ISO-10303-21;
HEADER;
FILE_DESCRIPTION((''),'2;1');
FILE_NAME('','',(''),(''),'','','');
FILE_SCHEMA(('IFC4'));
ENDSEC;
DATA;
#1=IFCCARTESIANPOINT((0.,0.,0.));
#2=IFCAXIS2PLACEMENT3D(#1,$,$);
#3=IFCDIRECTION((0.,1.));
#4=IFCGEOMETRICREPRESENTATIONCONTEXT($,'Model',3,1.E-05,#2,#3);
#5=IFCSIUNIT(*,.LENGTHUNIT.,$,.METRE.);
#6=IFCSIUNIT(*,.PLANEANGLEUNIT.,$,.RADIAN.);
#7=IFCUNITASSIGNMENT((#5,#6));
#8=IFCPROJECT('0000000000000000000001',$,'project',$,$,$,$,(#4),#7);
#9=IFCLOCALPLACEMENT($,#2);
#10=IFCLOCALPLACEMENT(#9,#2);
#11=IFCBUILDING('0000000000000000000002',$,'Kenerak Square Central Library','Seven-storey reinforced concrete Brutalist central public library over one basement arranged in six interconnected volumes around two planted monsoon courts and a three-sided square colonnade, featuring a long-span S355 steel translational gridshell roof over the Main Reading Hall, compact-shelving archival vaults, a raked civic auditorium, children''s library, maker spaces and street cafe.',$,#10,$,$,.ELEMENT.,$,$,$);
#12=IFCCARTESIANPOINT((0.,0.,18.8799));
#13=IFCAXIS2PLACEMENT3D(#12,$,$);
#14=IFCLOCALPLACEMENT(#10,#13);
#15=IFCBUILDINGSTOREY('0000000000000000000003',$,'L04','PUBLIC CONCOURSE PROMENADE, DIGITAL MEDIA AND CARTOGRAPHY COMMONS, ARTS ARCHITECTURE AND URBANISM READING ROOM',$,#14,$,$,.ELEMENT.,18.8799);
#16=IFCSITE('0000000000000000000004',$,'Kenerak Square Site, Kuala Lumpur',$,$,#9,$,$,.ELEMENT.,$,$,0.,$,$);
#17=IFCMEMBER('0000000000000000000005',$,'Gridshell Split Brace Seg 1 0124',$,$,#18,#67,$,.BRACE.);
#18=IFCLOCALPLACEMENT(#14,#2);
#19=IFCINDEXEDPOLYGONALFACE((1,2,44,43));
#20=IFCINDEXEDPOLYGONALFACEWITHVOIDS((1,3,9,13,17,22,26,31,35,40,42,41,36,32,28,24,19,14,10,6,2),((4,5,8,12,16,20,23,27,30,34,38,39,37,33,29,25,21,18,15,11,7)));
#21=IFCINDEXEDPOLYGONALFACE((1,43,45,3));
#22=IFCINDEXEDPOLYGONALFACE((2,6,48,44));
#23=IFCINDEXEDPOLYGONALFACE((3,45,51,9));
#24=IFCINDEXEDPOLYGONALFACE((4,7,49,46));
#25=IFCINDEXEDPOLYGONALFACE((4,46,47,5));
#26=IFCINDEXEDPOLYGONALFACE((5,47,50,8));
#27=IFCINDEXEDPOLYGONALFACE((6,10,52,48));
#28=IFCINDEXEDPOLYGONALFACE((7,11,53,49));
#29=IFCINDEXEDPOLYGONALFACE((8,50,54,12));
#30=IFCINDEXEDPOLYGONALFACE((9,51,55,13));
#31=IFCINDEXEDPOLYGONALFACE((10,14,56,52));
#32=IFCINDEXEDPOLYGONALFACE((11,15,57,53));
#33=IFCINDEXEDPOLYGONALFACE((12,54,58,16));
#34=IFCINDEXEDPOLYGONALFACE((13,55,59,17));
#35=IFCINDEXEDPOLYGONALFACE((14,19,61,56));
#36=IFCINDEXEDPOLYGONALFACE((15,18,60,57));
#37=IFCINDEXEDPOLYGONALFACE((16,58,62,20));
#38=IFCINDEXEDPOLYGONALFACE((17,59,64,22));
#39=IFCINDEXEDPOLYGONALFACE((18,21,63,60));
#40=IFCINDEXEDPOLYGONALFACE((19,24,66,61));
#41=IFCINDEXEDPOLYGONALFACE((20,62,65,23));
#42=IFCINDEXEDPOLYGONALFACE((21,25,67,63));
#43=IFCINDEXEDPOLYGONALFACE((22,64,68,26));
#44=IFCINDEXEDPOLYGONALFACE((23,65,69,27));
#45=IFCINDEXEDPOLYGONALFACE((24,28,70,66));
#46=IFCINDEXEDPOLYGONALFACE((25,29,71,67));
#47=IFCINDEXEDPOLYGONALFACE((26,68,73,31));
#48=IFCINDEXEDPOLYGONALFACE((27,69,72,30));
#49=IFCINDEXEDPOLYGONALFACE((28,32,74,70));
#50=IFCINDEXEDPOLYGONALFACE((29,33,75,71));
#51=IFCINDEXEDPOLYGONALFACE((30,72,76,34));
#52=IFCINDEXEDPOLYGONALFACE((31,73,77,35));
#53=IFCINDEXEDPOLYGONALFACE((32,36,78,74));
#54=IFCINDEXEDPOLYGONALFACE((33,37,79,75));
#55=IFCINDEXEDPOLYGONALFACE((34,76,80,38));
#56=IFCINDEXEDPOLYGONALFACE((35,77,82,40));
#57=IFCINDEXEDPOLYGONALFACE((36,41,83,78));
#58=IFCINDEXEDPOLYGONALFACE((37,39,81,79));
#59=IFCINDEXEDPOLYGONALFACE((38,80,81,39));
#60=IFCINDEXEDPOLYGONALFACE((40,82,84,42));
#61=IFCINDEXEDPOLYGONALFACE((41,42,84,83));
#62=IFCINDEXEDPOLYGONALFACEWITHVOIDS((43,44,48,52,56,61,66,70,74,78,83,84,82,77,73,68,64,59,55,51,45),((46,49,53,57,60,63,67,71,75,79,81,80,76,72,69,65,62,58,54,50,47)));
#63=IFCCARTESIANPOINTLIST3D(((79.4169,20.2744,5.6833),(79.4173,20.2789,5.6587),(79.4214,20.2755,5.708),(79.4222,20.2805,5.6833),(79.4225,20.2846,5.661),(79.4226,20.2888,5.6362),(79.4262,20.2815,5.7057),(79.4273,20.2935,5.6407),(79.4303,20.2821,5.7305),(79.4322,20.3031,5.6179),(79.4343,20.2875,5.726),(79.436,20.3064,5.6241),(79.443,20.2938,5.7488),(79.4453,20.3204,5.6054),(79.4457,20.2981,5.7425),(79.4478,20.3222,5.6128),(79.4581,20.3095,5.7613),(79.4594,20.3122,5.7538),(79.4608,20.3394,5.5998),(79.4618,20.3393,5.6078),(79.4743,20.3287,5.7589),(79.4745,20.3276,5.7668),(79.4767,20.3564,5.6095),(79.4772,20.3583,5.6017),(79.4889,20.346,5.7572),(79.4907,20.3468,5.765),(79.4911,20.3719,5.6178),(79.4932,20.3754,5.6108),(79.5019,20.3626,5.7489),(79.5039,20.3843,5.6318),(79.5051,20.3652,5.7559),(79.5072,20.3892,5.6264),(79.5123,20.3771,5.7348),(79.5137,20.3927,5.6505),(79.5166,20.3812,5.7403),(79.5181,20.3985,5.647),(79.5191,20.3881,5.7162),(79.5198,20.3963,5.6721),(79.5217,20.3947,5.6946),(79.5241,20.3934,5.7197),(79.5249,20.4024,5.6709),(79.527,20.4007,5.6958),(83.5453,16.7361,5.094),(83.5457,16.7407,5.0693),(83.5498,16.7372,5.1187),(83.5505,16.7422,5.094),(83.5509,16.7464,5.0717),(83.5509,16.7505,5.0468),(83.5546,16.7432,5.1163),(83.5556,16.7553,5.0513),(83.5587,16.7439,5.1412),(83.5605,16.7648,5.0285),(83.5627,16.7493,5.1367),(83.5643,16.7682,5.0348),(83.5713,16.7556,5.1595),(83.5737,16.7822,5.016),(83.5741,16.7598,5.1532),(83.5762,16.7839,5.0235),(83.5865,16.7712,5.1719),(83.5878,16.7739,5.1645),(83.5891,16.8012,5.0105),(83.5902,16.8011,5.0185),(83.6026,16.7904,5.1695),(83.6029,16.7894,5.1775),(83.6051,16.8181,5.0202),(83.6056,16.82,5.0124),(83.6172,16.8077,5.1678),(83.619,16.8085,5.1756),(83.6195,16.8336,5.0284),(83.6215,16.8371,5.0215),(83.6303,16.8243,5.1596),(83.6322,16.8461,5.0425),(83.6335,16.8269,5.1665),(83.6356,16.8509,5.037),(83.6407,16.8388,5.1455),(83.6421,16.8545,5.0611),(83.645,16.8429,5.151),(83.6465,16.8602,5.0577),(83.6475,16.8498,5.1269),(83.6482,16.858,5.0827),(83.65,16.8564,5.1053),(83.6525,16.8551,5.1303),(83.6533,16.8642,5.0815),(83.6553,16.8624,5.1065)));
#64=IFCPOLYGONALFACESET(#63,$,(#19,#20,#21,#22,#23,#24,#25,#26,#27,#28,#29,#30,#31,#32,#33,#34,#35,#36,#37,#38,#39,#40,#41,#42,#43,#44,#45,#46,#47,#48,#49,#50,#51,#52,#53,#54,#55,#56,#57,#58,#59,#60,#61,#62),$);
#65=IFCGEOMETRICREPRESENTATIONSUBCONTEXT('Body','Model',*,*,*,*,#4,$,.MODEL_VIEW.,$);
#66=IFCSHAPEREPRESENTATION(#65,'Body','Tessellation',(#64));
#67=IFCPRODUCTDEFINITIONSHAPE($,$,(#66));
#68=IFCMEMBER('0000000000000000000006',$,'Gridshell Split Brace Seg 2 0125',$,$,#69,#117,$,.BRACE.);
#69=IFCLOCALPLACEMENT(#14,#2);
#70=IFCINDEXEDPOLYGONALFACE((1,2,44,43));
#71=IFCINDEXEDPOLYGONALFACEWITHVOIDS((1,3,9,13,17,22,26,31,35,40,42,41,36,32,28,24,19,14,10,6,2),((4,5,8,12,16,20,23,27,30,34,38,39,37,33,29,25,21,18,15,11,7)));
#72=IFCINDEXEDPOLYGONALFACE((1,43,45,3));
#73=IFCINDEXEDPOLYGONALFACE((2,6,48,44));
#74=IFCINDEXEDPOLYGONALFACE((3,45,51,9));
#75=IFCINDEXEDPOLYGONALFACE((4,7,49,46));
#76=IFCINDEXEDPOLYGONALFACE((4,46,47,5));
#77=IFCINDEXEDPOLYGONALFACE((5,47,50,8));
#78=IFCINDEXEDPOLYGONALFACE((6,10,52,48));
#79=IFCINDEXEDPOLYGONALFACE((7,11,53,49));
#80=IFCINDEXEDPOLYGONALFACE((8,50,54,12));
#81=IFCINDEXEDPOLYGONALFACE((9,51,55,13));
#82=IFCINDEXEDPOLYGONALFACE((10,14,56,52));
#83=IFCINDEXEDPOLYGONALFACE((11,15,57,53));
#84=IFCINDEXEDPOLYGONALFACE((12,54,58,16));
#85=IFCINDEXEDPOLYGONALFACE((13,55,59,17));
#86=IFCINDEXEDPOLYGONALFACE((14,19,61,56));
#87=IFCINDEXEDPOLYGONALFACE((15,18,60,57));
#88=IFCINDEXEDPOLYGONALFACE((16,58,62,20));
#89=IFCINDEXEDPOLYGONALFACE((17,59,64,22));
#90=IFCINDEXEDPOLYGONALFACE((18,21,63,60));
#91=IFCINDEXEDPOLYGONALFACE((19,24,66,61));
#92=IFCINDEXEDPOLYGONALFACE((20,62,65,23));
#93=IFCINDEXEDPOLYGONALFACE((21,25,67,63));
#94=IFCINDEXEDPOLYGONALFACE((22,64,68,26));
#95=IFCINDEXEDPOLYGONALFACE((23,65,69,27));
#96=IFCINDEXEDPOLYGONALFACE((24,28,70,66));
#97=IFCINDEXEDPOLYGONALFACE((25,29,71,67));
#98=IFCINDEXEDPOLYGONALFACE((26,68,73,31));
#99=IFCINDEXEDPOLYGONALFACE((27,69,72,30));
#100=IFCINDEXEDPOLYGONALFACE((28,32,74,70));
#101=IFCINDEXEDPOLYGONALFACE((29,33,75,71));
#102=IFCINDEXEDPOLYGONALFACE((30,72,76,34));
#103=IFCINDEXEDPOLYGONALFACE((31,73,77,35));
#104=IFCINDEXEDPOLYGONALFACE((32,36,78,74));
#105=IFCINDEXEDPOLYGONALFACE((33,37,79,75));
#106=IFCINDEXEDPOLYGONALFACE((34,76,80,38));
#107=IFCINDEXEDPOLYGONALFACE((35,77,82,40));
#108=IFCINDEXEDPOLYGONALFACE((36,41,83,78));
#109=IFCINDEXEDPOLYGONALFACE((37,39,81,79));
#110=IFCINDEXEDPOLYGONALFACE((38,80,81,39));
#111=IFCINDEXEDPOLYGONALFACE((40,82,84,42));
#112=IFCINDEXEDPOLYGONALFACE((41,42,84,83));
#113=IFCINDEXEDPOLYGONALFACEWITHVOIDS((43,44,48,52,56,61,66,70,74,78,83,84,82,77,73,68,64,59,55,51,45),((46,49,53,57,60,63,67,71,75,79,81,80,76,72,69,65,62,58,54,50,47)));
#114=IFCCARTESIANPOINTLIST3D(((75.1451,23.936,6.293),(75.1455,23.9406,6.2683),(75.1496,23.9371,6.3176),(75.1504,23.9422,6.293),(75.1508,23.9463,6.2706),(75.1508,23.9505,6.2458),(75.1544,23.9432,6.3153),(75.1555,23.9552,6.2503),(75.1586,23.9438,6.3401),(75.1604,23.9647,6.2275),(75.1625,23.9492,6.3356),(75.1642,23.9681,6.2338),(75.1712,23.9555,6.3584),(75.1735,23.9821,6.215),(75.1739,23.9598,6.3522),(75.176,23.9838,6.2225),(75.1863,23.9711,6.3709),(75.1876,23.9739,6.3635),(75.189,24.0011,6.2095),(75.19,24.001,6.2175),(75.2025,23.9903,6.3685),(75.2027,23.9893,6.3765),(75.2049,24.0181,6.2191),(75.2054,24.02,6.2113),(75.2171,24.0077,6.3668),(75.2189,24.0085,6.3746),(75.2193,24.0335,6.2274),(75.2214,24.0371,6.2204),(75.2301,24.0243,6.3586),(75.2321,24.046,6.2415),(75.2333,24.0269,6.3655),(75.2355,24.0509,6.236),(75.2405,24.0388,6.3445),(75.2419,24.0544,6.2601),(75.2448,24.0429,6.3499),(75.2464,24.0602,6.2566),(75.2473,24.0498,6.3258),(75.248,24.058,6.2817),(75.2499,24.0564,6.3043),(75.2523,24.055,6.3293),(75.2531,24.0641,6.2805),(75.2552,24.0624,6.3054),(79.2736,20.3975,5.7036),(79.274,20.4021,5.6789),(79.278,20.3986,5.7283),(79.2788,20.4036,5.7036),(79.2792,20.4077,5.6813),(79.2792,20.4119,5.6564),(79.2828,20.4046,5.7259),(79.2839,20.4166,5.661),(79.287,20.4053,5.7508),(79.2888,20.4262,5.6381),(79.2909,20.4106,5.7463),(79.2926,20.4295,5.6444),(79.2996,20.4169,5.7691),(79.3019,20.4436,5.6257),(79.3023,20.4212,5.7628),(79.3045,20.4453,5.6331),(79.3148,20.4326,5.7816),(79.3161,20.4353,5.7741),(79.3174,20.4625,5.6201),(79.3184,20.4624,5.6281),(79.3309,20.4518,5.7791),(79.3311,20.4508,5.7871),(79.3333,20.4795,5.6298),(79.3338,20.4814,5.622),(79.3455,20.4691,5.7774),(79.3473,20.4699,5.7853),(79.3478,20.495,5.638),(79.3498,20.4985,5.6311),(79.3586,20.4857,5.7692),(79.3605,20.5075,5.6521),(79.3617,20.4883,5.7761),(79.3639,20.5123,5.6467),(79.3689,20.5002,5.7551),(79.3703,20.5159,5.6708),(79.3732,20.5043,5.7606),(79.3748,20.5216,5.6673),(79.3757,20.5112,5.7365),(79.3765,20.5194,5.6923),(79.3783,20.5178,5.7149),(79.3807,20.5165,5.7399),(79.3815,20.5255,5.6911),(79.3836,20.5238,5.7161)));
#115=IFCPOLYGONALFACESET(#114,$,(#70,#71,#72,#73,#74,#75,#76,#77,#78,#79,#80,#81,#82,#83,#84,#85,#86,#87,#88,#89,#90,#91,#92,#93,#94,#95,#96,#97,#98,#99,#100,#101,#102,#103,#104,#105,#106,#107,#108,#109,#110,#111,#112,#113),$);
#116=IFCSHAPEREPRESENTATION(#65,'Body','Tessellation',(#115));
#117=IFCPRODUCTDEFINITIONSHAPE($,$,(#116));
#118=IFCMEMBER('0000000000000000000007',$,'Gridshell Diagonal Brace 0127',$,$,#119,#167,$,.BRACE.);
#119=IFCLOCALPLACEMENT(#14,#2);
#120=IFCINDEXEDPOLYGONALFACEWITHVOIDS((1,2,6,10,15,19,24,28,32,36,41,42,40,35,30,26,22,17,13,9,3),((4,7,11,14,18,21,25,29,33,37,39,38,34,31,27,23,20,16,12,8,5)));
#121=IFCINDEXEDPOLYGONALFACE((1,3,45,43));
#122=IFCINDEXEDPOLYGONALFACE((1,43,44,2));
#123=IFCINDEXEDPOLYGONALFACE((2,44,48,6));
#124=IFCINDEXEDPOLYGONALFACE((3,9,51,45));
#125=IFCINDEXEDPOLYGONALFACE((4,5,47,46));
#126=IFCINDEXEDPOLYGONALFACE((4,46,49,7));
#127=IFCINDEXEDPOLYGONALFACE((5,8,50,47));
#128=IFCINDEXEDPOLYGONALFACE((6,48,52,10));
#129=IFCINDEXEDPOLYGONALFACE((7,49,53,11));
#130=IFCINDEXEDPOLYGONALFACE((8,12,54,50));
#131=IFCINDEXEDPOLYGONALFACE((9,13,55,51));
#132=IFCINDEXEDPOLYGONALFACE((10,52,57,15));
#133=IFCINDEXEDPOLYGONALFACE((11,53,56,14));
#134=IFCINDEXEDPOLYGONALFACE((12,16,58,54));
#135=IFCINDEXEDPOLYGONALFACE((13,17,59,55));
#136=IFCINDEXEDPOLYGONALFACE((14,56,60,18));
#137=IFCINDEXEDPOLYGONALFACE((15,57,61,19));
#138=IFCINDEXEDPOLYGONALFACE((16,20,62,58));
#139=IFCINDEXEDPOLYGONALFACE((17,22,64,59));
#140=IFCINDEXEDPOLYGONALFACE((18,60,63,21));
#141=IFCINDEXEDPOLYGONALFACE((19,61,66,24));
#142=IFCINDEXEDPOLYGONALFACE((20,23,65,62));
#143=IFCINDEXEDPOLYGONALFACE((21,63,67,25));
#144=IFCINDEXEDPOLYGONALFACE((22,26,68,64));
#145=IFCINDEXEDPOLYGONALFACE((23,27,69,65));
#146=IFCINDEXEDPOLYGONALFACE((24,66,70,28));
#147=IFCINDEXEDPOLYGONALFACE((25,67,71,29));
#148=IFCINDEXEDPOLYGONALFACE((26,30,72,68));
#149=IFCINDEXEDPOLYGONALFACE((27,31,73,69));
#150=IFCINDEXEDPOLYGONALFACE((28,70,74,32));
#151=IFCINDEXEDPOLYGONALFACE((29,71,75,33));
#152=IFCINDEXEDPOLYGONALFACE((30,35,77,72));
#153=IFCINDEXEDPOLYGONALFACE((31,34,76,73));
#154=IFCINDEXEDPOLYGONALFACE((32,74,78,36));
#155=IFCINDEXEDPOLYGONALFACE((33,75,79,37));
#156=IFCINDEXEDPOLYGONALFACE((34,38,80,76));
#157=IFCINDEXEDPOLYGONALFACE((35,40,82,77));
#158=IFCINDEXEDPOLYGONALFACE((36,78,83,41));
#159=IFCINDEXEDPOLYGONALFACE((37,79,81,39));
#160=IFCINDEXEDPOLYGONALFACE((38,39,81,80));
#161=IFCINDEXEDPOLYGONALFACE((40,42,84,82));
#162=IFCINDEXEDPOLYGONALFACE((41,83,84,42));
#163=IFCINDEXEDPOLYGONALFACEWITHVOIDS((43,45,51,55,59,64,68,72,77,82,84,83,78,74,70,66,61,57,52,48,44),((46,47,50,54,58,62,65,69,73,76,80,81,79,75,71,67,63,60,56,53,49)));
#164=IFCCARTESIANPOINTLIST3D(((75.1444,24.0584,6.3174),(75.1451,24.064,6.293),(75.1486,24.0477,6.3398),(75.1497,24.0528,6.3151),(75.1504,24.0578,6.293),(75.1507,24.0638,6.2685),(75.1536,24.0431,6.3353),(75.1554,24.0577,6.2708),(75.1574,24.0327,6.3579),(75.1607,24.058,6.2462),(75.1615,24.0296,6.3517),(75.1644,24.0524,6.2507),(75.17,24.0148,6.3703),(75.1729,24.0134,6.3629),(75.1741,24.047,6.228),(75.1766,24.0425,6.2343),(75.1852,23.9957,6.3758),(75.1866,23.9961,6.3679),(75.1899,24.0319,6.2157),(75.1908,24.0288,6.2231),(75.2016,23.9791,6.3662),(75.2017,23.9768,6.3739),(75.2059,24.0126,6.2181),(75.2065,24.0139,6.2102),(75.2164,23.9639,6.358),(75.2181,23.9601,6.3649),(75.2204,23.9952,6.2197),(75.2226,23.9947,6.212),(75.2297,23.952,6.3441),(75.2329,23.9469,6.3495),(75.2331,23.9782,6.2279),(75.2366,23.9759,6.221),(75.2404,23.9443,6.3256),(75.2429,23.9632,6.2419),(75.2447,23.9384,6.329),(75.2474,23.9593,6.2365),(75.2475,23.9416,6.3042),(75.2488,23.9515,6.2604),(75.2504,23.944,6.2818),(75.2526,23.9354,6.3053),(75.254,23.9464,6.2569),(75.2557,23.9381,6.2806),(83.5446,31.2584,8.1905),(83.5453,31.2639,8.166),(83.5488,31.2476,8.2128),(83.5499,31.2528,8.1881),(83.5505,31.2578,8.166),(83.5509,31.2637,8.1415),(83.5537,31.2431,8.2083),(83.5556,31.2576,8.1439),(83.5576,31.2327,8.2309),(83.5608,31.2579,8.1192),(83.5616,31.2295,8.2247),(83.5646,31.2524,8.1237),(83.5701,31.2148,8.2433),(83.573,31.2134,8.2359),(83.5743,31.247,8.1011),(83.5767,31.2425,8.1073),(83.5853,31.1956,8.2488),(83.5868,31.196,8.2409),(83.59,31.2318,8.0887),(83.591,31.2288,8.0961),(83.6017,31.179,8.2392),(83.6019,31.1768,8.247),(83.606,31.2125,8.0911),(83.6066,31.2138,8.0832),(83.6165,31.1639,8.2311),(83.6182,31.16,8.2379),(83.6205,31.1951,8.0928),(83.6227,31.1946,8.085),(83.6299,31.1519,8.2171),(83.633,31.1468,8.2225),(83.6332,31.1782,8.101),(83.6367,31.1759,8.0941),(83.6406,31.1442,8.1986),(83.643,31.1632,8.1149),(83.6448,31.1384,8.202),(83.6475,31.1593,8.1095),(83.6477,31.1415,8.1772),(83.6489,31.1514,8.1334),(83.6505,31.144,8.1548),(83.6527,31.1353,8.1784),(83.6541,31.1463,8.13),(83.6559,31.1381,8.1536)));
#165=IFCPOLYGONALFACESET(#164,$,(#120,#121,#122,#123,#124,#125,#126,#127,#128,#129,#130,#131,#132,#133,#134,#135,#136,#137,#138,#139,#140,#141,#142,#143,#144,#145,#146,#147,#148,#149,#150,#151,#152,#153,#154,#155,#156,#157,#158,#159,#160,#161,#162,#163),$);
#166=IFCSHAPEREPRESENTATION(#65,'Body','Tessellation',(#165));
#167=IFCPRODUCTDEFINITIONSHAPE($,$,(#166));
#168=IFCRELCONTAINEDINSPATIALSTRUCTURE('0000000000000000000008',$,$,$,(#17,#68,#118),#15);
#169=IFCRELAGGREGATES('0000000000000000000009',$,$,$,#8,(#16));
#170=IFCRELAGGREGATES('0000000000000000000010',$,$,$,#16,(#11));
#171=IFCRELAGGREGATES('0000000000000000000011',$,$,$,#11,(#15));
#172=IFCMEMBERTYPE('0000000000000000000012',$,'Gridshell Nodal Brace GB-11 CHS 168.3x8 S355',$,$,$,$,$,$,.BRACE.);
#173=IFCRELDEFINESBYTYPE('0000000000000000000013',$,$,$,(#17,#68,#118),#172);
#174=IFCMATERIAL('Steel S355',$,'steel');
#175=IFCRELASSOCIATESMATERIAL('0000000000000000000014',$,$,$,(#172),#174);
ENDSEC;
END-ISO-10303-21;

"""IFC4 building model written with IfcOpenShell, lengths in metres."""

from ifc_helpers import new_model, si_unit, direction, frame, origin, origin_2d, place, context, subcontext, project, spatial, hollow_circle, extrude, material, material_profile, profile_set, type_object, element, save


model = new_model("IFC4")

# Units and contexts
model_context = context("Model", 3, precision=1e-05, world=origin(), true_north=direction((0.0, 1.0)))
body_context = subcontext(model_context, "Body", "Model", "MODEL_VIEW")
ifc_project = project(units=[si_unit("LENGTHUNIT", "METRE"), si_unit("PLANEANGLEUNIT", "RADIAN")], contexts=[model_context])

# Site, building, storey
site_placement = place(None, origin())
site = spatial("IfcSite", under=ifc_project, at=site_placement, Name="Kenerak Square Site, Kuala Lumpur", CompositionType="ELEMENT", RefElevation=0.0)
building_placement = place(site_placement, origin())
building = spatial("IfcBuilding", under=site, at=building_placement, Name="Kenerak Square Central Library", Description="Seven-storey reinforced concrete Brutalist central public library over one basement arranged in six interconnected volumes around two planted monsoon courts and a three-sided square colonnade, featuring a long-span S355 steel translational gridshell roof over the Main Reading Hall, compact-shelving archival vaults, a raked civic auditorium, children's library, maker spaces and street cafe.", CompositionType="ELEMENT")
storey_placement = place(building_placement, frame((0.0, 0.0, 18.8799)))
storey = spatial("IfcBuildingStorey", under=building, at=storey_placement, Name="L04", Description="PUBLIC CONCOURSE PROMENADE, DIGITAL MEDIA AND CARTOGRAPHY COMMONS, ARTS ARCHITECTURE AND URBANISM READING ROOM", CompositionType="ELEMENT", Elevation=18.8799)

# Members
ifc_material = material(Name="Steel S355", Category="steel")
ifc_material_profile_1 = material_profile(ifc_material, hollow_circle(Radius=0.0842, WallThickness=0.0081, at=origin_2d()), Name="CHS 168.3x8.0")
ifc_profile_set_1 = profile_set([ifc_material_profile_1], Name="Steel S355")
member_type_1 = type_object("IfcMemberType", Name="Gridshell Nodal Brace GB-11 CHS 168.3x8 S355", PredefinedType="BRACE", material=ifc_profile_set_1)
member_1_placement = place(storey_placement, frame((83.6001, 16.8, 5.094), z_axis=(-0.754864, 0.646969, 0.107761), x_axis=(-0.650758, -0.759285, 0.0)))
element("IfcMember", 1, at=member_1_placement, inside=storey, type_object=member_type_1, Name="Gridshell Split Brace Seg 1 0124", PredefinedType="BRACE", context=body_context, shape_type="SweptSolid", body=[
    extrude(hollow_circle(Radius=0.0842, WallThickness=0.0081, at=origin_2d()), origin(), (0.0, 0.0, 1.0), 5.469),
])
member_2_placement = place(storey_placement, frame((79.3284, 20.4614, 5.7036), z_axis=(-0.754842, 0.646995, 0.107758), x_axis=(-0.650784, -0.759263, 0.0)))
element("IfcMember", 2, at=member_2_placement, inside=storey, type_object=member_type_1, Name="Gridshell Split Brace Seg 2 0125", PredefinedType="BRACE", context=body_context, shape_type="SweptSolid", body=[
    extrude(hollow_circle(Radius=0.0842, WallThickness=0.0081, at=origin_2d()), origin(), (0.0, 0.0, 1.0), 5.4692),
])
member_3_placement = place(storey_placement, frame((75.2, 24.0, 6.293), z_axis=(0.748612, 0.641652, 0.166924), x_axis=(-0.650782, 0.759264, 0.0)))
element("IfcMember", 3, at=member_3_placement, inside=storey, type_object=member_type_1, Name="Gridshell Diagonal Brace 0127", PredefinedType="BRACE", context=body_context, shape_type="SweptSolid", body=[
    extrude(hollow_circle(Radius=0.0842, WallThickness=0.0081, at=origin_2d()), origin(), (0.0, 0.0, 1.0), 11.2209),
])

save(model, "model.ifc")
